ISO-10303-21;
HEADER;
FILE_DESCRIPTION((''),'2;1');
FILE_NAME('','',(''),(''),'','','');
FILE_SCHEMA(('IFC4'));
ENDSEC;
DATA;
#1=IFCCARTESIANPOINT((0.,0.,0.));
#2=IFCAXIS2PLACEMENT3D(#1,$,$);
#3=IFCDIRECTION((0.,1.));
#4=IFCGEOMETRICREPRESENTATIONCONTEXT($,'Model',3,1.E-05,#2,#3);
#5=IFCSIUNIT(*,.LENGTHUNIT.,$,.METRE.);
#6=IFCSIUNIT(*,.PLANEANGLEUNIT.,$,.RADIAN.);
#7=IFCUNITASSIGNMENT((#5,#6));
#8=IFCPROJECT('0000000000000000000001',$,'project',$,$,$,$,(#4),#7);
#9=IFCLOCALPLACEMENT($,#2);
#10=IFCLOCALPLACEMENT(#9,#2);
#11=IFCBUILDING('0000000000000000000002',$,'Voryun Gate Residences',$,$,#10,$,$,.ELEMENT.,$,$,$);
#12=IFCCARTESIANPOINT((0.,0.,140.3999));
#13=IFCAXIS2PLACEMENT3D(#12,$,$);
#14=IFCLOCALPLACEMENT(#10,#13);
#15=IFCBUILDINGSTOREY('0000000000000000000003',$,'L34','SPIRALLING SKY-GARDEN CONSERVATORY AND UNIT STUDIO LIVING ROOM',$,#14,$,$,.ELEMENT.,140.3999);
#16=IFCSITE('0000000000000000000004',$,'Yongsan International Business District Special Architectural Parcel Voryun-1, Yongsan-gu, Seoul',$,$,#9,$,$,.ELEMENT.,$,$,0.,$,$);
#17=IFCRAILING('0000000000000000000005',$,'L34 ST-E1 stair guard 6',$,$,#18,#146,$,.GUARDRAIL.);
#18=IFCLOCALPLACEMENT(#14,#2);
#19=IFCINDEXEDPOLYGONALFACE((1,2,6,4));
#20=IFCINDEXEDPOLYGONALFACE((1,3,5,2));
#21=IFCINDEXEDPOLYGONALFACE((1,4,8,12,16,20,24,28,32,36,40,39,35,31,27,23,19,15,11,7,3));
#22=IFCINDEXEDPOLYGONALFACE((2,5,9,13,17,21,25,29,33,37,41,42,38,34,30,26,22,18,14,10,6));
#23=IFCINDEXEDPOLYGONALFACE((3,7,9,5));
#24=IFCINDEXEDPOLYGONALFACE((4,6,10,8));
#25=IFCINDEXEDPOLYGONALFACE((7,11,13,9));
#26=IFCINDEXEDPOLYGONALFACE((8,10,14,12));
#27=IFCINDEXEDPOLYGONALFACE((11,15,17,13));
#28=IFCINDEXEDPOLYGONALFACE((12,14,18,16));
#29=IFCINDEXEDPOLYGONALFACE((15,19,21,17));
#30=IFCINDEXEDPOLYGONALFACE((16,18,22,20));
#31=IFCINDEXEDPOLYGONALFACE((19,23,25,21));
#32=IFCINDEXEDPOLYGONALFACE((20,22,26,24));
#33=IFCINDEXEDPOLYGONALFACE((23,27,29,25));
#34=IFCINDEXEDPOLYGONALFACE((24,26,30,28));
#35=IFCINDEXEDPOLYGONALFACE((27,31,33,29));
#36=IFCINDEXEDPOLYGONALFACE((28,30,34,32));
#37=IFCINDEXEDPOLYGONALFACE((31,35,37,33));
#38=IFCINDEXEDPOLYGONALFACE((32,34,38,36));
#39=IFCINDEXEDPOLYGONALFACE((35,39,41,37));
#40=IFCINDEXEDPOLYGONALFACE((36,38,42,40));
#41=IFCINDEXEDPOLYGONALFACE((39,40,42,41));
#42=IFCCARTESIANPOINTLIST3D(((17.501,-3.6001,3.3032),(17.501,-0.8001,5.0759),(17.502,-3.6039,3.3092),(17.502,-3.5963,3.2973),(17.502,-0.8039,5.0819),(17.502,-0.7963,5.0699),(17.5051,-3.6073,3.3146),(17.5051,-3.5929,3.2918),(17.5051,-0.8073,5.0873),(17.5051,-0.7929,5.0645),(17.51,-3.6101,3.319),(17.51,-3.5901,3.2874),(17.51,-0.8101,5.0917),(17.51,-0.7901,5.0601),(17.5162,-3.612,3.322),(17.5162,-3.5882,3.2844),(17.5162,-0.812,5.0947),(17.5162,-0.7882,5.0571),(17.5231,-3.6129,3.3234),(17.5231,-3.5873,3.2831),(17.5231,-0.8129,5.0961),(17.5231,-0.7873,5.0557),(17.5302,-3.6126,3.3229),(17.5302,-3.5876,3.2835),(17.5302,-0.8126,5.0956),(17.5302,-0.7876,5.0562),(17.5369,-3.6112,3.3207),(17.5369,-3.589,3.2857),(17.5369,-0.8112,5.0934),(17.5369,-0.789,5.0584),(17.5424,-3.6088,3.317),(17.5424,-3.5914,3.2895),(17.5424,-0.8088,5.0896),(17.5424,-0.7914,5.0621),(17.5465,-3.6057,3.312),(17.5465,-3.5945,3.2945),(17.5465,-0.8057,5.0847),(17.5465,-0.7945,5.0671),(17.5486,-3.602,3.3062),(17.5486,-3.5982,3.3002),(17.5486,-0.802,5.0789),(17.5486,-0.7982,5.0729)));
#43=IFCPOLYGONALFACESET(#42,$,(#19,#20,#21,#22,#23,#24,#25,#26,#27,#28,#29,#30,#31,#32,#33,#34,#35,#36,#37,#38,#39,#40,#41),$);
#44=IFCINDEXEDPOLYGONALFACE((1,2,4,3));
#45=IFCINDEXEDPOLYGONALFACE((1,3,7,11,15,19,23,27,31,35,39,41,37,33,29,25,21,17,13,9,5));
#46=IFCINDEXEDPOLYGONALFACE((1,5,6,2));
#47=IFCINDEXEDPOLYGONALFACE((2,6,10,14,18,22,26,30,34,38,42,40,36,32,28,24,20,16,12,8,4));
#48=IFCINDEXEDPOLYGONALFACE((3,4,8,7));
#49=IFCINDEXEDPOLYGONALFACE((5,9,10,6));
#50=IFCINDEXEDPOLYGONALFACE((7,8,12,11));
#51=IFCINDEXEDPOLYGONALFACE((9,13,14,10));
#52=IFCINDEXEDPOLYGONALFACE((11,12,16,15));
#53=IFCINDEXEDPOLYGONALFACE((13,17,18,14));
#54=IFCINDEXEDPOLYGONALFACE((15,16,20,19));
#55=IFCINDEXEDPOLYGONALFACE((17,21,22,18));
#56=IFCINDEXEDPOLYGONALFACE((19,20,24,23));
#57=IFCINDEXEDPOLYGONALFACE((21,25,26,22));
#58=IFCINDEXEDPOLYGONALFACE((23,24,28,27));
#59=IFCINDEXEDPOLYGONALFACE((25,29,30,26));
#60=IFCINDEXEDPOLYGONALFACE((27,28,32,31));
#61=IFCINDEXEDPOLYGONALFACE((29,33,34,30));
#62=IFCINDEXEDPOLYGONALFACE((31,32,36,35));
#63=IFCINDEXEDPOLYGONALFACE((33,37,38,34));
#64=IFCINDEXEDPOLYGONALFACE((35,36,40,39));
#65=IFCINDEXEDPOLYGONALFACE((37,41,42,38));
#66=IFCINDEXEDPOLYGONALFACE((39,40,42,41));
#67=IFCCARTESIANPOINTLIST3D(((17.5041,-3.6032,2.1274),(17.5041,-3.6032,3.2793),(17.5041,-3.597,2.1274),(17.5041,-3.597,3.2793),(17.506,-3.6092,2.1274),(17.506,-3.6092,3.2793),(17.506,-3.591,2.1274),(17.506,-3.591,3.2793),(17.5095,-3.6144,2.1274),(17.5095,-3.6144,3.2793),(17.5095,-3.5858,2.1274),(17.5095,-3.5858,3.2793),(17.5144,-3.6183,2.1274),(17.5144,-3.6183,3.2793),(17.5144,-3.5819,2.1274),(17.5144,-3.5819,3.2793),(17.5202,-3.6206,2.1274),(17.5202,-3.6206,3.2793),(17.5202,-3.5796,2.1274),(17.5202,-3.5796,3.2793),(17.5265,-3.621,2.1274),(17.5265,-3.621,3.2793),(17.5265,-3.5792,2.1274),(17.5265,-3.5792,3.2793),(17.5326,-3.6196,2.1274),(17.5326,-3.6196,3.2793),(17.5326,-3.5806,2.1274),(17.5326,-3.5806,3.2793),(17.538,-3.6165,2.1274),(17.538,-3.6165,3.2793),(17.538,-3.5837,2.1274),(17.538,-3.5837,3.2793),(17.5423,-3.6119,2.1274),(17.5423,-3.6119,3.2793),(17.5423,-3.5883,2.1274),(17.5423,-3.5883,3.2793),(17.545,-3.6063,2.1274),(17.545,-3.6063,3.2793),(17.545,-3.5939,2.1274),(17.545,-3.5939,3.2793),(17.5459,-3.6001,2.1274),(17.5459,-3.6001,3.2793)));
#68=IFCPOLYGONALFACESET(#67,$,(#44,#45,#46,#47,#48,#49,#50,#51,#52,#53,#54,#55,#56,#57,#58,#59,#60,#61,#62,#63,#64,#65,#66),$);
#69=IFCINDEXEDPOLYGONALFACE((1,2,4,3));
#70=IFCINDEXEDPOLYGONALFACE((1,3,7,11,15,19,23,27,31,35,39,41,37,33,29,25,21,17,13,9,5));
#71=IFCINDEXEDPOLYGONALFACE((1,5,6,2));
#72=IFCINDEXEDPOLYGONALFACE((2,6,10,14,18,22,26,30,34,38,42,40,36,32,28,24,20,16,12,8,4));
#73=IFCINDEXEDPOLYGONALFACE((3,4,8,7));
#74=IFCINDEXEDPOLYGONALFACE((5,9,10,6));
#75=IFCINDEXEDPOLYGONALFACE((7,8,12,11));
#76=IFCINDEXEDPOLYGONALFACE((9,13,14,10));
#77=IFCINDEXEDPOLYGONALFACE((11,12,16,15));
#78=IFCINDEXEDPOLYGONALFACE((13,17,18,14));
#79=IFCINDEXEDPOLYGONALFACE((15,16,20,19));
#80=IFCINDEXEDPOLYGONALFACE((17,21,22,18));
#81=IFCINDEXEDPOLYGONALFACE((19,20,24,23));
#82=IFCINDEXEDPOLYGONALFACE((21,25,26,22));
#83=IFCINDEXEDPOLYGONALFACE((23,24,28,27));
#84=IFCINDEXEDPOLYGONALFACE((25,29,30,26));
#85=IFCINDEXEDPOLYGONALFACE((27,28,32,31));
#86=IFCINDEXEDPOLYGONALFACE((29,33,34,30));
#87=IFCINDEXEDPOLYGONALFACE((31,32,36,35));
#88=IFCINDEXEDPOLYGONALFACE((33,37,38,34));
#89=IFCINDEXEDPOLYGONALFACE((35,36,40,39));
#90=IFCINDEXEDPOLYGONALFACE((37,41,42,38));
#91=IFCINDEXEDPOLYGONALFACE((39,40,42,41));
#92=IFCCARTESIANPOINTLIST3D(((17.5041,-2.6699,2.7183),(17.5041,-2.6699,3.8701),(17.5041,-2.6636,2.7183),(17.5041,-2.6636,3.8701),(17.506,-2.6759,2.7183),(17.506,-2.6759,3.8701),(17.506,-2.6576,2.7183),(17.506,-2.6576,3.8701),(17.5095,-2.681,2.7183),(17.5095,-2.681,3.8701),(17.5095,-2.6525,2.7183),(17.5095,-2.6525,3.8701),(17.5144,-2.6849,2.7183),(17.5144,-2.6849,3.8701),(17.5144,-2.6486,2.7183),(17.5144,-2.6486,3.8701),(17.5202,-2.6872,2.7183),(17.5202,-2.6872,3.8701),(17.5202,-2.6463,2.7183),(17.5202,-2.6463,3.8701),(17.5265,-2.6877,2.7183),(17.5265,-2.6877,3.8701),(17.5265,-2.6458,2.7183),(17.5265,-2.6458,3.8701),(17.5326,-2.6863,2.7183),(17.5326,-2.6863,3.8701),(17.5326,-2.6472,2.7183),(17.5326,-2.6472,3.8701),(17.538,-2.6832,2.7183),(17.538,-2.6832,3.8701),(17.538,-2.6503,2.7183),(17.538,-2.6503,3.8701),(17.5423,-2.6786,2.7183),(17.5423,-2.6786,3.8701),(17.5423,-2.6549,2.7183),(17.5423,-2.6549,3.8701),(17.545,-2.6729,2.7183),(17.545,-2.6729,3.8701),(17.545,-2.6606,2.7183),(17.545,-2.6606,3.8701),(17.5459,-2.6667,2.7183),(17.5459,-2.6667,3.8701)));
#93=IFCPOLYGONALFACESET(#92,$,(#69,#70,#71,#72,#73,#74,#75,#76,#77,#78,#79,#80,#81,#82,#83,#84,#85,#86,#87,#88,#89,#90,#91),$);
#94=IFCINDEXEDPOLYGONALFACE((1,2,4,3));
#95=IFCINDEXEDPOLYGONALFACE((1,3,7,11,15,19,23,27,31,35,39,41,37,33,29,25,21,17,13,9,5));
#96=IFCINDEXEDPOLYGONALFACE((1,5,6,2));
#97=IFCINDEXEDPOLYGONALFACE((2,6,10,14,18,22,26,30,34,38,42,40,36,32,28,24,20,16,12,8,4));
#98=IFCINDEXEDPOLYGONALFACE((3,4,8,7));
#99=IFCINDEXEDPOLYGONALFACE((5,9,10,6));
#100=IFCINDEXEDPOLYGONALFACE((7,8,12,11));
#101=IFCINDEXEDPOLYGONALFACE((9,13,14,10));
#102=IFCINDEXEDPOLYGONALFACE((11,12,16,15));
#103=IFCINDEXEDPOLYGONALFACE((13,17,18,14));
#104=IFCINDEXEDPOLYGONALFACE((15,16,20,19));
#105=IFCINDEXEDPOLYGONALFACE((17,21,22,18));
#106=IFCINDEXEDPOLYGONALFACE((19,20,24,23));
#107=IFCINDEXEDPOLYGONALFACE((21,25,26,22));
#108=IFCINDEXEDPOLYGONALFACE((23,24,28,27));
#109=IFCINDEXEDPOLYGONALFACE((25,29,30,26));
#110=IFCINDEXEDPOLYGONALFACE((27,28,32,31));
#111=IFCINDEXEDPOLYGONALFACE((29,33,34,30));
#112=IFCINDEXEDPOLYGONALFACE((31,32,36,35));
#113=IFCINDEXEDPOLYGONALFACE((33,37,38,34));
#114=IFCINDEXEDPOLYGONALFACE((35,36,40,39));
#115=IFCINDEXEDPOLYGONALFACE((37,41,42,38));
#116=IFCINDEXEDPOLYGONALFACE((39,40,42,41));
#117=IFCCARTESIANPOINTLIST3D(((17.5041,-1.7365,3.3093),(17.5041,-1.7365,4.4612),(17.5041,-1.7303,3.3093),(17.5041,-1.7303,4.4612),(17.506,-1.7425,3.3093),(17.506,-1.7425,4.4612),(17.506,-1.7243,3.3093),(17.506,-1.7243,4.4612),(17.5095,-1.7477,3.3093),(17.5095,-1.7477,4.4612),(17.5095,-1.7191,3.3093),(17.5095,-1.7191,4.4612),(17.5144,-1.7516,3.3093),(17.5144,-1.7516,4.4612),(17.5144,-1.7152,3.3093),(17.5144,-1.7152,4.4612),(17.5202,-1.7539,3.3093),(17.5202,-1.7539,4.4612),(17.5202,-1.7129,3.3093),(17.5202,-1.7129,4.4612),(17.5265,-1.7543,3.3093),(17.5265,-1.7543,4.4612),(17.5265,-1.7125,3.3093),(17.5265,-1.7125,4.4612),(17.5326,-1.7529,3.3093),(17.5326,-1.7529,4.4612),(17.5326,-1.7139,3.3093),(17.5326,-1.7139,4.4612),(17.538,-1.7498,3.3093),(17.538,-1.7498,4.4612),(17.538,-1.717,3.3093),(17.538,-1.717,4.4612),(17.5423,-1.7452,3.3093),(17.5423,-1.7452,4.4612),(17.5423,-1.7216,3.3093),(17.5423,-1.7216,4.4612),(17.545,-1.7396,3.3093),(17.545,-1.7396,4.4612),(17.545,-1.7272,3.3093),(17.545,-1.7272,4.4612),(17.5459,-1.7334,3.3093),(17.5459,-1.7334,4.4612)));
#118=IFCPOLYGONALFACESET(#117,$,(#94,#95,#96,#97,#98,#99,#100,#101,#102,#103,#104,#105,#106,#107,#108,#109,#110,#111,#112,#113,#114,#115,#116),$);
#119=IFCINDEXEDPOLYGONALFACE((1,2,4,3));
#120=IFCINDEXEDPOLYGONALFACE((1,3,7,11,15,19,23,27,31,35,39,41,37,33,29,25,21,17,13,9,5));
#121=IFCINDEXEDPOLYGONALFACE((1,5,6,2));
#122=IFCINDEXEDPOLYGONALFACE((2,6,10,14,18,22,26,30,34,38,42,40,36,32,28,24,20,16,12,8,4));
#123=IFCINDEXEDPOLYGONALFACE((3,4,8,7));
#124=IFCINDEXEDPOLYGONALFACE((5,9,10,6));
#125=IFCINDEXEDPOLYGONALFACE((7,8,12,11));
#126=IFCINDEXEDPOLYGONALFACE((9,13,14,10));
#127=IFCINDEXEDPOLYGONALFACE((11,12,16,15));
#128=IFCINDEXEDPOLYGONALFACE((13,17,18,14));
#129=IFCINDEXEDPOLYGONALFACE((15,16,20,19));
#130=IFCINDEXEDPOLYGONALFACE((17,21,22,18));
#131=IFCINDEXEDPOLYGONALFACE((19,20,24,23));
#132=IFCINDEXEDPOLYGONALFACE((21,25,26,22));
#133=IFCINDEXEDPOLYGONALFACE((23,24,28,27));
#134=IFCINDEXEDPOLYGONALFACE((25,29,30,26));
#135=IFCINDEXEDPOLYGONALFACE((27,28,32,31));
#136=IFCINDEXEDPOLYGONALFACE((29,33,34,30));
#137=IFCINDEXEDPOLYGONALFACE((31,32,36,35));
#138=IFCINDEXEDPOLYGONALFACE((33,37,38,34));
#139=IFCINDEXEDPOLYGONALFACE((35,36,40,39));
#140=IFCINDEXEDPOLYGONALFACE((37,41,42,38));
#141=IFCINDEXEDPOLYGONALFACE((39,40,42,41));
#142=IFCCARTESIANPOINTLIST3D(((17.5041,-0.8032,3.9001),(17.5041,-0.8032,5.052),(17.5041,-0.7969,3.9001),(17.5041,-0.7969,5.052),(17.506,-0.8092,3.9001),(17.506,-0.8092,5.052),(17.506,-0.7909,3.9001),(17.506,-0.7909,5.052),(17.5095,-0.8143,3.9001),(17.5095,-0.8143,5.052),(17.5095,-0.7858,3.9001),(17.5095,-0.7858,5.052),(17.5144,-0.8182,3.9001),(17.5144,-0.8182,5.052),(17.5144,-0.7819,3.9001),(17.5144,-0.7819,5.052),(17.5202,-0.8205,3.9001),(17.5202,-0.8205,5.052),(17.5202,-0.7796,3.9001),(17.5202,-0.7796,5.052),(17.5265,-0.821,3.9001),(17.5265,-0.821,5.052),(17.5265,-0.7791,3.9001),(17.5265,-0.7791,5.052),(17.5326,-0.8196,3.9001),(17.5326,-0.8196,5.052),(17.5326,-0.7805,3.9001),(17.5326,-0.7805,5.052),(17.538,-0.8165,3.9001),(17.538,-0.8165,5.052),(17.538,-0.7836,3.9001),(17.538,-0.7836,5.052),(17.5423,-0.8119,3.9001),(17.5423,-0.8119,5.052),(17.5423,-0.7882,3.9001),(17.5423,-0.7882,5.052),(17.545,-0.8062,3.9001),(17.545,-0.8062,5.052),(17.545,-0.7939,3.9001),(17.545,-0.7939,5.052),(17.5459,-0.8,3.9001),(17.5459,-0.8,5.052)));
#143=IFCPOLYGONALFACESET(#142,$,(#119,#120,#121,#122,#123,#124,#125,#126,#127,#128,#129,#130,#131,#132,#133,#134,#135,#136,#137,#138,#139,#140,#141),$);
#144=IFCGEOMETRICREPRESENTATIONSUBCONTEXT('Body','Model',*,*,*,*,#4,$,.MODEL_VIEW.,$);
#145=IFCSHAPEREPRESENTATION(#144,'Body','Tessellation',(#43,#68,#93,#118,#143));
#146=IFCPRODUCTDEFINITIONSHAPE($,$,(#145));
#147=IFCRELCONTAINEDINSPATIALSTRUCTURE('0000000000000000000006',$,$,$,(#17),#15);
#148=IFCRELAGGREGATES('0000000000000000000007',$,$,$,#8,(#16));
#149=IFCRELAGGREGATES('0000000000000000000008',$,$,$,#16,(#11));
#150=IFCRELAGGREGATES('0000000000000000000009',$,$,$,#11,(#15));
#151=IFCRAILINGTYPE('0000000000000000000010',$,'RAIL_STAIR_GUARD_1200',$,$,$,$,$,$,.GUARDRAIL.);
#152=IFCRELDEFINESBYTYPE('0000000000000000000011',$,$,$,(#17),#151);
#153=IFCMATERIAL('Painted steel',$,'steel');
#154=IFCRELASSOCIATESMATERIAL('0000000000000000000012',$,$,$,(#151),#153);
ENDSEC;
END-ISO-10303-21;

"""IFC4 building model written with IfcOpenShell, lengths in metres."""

from ifc_helpers import new_model, si_unit, direction, frame, origin, origin_2d, place, context, subcontext, project, spatial, circle, extrude, material, type_object, element, save


model = new_model("IFC4")

# Units and contexts
model_context = context("Model", 3, precision=1e-05, world=origin(), true_north=direction((0.0, 1.0)))
body_context = subcontext(model_context, "Body", "Model", "MODEL_VIEW")
ifc_project = project(units=[si_unit("LENGTHUNIT", "METRE"), si_unit("PLANEANGLEUNIT", "RADIAN")], contexts=[model_context])

# Site, building, storey
site_placement = place(None, origin())
site = spatial("IfcSite", under=ifc_project, at=site_placement, Name="Yongsan International Business District Special Architectural Parcel Voryun-1, Yongsan-gu, Seoul", CompositionType="ELEMENT", RefElevation=0.0)
building_placement = place(site_placement, origin())
building = spatial("IfcBuilding", under=site, at=building_placement, Name="Voryun Gate Residences", CompositionType="ELEMENT")
storey_placement = place(building_placement, frame((0.0, 0.0, 140.3999)))
storey = spatial("IfcBuildingStorey", under=building, at=storey_placement, Name="L34", Description="SPIRALLING SKY-GARDEN CONSERVATORY AND UNIT STUDIO LIVING ROOM", CompositionType="ELEMENT", Elevation=140.3999)

# Railing
ifc_material_1 = material(Name="Painted steel", Category="steel")
railing_type_1 = type_object("IfcRailingType", Name="RAIL_STAIR_GUARD_1200", PredefinedType="GUARDRAIL", material=ifc_material_1)
railing_1_placement = place(storey_placement, frame((17.5249, -3.6001, 2.1274)))
element("IfcRailing", 1, at=railing_1_placement, inside=storey, type_object=railing_type_1, Name="L34 ST-E1 stair guard 6", PredefinedType="GUARDRAIL", context=body_context, shape_type="SweptSolid", body=[
    extrude(circle(Radius=0.0239, at=origin_2d()), frame((0.0, 0.0, 1.1758), z_axis=(0.0, 0.844909, 0.53491), x_axis=(-1.0, 0.0, 0.0)), (0.0, 0.0, 1.0), 3.314),
    extrude(circle(Radius=0.021, at=origin_2d()), origin(), (0.0, 0.0, 1.0), 1.1519),
    extrude(circle(Radius=0.021, at=origin_2d()), frame((0.0, 0.9333, 0.5908)), (0.0, 0.0, 1.0), 1.1519),
    extrude(circle(Radius=0.021, at=origin_2d()), frame((0.0, 1.8667, 1.1819)), (0.0, 0.0, 1.0), 1.1519),
    extrude(circle(Radius=0.021, at=origin_2d()), frame((0.0, 2.8, 1.7727)), (0.0, 0.0, 1.0), 1.1519),
])

save(model, "model.ifc")
